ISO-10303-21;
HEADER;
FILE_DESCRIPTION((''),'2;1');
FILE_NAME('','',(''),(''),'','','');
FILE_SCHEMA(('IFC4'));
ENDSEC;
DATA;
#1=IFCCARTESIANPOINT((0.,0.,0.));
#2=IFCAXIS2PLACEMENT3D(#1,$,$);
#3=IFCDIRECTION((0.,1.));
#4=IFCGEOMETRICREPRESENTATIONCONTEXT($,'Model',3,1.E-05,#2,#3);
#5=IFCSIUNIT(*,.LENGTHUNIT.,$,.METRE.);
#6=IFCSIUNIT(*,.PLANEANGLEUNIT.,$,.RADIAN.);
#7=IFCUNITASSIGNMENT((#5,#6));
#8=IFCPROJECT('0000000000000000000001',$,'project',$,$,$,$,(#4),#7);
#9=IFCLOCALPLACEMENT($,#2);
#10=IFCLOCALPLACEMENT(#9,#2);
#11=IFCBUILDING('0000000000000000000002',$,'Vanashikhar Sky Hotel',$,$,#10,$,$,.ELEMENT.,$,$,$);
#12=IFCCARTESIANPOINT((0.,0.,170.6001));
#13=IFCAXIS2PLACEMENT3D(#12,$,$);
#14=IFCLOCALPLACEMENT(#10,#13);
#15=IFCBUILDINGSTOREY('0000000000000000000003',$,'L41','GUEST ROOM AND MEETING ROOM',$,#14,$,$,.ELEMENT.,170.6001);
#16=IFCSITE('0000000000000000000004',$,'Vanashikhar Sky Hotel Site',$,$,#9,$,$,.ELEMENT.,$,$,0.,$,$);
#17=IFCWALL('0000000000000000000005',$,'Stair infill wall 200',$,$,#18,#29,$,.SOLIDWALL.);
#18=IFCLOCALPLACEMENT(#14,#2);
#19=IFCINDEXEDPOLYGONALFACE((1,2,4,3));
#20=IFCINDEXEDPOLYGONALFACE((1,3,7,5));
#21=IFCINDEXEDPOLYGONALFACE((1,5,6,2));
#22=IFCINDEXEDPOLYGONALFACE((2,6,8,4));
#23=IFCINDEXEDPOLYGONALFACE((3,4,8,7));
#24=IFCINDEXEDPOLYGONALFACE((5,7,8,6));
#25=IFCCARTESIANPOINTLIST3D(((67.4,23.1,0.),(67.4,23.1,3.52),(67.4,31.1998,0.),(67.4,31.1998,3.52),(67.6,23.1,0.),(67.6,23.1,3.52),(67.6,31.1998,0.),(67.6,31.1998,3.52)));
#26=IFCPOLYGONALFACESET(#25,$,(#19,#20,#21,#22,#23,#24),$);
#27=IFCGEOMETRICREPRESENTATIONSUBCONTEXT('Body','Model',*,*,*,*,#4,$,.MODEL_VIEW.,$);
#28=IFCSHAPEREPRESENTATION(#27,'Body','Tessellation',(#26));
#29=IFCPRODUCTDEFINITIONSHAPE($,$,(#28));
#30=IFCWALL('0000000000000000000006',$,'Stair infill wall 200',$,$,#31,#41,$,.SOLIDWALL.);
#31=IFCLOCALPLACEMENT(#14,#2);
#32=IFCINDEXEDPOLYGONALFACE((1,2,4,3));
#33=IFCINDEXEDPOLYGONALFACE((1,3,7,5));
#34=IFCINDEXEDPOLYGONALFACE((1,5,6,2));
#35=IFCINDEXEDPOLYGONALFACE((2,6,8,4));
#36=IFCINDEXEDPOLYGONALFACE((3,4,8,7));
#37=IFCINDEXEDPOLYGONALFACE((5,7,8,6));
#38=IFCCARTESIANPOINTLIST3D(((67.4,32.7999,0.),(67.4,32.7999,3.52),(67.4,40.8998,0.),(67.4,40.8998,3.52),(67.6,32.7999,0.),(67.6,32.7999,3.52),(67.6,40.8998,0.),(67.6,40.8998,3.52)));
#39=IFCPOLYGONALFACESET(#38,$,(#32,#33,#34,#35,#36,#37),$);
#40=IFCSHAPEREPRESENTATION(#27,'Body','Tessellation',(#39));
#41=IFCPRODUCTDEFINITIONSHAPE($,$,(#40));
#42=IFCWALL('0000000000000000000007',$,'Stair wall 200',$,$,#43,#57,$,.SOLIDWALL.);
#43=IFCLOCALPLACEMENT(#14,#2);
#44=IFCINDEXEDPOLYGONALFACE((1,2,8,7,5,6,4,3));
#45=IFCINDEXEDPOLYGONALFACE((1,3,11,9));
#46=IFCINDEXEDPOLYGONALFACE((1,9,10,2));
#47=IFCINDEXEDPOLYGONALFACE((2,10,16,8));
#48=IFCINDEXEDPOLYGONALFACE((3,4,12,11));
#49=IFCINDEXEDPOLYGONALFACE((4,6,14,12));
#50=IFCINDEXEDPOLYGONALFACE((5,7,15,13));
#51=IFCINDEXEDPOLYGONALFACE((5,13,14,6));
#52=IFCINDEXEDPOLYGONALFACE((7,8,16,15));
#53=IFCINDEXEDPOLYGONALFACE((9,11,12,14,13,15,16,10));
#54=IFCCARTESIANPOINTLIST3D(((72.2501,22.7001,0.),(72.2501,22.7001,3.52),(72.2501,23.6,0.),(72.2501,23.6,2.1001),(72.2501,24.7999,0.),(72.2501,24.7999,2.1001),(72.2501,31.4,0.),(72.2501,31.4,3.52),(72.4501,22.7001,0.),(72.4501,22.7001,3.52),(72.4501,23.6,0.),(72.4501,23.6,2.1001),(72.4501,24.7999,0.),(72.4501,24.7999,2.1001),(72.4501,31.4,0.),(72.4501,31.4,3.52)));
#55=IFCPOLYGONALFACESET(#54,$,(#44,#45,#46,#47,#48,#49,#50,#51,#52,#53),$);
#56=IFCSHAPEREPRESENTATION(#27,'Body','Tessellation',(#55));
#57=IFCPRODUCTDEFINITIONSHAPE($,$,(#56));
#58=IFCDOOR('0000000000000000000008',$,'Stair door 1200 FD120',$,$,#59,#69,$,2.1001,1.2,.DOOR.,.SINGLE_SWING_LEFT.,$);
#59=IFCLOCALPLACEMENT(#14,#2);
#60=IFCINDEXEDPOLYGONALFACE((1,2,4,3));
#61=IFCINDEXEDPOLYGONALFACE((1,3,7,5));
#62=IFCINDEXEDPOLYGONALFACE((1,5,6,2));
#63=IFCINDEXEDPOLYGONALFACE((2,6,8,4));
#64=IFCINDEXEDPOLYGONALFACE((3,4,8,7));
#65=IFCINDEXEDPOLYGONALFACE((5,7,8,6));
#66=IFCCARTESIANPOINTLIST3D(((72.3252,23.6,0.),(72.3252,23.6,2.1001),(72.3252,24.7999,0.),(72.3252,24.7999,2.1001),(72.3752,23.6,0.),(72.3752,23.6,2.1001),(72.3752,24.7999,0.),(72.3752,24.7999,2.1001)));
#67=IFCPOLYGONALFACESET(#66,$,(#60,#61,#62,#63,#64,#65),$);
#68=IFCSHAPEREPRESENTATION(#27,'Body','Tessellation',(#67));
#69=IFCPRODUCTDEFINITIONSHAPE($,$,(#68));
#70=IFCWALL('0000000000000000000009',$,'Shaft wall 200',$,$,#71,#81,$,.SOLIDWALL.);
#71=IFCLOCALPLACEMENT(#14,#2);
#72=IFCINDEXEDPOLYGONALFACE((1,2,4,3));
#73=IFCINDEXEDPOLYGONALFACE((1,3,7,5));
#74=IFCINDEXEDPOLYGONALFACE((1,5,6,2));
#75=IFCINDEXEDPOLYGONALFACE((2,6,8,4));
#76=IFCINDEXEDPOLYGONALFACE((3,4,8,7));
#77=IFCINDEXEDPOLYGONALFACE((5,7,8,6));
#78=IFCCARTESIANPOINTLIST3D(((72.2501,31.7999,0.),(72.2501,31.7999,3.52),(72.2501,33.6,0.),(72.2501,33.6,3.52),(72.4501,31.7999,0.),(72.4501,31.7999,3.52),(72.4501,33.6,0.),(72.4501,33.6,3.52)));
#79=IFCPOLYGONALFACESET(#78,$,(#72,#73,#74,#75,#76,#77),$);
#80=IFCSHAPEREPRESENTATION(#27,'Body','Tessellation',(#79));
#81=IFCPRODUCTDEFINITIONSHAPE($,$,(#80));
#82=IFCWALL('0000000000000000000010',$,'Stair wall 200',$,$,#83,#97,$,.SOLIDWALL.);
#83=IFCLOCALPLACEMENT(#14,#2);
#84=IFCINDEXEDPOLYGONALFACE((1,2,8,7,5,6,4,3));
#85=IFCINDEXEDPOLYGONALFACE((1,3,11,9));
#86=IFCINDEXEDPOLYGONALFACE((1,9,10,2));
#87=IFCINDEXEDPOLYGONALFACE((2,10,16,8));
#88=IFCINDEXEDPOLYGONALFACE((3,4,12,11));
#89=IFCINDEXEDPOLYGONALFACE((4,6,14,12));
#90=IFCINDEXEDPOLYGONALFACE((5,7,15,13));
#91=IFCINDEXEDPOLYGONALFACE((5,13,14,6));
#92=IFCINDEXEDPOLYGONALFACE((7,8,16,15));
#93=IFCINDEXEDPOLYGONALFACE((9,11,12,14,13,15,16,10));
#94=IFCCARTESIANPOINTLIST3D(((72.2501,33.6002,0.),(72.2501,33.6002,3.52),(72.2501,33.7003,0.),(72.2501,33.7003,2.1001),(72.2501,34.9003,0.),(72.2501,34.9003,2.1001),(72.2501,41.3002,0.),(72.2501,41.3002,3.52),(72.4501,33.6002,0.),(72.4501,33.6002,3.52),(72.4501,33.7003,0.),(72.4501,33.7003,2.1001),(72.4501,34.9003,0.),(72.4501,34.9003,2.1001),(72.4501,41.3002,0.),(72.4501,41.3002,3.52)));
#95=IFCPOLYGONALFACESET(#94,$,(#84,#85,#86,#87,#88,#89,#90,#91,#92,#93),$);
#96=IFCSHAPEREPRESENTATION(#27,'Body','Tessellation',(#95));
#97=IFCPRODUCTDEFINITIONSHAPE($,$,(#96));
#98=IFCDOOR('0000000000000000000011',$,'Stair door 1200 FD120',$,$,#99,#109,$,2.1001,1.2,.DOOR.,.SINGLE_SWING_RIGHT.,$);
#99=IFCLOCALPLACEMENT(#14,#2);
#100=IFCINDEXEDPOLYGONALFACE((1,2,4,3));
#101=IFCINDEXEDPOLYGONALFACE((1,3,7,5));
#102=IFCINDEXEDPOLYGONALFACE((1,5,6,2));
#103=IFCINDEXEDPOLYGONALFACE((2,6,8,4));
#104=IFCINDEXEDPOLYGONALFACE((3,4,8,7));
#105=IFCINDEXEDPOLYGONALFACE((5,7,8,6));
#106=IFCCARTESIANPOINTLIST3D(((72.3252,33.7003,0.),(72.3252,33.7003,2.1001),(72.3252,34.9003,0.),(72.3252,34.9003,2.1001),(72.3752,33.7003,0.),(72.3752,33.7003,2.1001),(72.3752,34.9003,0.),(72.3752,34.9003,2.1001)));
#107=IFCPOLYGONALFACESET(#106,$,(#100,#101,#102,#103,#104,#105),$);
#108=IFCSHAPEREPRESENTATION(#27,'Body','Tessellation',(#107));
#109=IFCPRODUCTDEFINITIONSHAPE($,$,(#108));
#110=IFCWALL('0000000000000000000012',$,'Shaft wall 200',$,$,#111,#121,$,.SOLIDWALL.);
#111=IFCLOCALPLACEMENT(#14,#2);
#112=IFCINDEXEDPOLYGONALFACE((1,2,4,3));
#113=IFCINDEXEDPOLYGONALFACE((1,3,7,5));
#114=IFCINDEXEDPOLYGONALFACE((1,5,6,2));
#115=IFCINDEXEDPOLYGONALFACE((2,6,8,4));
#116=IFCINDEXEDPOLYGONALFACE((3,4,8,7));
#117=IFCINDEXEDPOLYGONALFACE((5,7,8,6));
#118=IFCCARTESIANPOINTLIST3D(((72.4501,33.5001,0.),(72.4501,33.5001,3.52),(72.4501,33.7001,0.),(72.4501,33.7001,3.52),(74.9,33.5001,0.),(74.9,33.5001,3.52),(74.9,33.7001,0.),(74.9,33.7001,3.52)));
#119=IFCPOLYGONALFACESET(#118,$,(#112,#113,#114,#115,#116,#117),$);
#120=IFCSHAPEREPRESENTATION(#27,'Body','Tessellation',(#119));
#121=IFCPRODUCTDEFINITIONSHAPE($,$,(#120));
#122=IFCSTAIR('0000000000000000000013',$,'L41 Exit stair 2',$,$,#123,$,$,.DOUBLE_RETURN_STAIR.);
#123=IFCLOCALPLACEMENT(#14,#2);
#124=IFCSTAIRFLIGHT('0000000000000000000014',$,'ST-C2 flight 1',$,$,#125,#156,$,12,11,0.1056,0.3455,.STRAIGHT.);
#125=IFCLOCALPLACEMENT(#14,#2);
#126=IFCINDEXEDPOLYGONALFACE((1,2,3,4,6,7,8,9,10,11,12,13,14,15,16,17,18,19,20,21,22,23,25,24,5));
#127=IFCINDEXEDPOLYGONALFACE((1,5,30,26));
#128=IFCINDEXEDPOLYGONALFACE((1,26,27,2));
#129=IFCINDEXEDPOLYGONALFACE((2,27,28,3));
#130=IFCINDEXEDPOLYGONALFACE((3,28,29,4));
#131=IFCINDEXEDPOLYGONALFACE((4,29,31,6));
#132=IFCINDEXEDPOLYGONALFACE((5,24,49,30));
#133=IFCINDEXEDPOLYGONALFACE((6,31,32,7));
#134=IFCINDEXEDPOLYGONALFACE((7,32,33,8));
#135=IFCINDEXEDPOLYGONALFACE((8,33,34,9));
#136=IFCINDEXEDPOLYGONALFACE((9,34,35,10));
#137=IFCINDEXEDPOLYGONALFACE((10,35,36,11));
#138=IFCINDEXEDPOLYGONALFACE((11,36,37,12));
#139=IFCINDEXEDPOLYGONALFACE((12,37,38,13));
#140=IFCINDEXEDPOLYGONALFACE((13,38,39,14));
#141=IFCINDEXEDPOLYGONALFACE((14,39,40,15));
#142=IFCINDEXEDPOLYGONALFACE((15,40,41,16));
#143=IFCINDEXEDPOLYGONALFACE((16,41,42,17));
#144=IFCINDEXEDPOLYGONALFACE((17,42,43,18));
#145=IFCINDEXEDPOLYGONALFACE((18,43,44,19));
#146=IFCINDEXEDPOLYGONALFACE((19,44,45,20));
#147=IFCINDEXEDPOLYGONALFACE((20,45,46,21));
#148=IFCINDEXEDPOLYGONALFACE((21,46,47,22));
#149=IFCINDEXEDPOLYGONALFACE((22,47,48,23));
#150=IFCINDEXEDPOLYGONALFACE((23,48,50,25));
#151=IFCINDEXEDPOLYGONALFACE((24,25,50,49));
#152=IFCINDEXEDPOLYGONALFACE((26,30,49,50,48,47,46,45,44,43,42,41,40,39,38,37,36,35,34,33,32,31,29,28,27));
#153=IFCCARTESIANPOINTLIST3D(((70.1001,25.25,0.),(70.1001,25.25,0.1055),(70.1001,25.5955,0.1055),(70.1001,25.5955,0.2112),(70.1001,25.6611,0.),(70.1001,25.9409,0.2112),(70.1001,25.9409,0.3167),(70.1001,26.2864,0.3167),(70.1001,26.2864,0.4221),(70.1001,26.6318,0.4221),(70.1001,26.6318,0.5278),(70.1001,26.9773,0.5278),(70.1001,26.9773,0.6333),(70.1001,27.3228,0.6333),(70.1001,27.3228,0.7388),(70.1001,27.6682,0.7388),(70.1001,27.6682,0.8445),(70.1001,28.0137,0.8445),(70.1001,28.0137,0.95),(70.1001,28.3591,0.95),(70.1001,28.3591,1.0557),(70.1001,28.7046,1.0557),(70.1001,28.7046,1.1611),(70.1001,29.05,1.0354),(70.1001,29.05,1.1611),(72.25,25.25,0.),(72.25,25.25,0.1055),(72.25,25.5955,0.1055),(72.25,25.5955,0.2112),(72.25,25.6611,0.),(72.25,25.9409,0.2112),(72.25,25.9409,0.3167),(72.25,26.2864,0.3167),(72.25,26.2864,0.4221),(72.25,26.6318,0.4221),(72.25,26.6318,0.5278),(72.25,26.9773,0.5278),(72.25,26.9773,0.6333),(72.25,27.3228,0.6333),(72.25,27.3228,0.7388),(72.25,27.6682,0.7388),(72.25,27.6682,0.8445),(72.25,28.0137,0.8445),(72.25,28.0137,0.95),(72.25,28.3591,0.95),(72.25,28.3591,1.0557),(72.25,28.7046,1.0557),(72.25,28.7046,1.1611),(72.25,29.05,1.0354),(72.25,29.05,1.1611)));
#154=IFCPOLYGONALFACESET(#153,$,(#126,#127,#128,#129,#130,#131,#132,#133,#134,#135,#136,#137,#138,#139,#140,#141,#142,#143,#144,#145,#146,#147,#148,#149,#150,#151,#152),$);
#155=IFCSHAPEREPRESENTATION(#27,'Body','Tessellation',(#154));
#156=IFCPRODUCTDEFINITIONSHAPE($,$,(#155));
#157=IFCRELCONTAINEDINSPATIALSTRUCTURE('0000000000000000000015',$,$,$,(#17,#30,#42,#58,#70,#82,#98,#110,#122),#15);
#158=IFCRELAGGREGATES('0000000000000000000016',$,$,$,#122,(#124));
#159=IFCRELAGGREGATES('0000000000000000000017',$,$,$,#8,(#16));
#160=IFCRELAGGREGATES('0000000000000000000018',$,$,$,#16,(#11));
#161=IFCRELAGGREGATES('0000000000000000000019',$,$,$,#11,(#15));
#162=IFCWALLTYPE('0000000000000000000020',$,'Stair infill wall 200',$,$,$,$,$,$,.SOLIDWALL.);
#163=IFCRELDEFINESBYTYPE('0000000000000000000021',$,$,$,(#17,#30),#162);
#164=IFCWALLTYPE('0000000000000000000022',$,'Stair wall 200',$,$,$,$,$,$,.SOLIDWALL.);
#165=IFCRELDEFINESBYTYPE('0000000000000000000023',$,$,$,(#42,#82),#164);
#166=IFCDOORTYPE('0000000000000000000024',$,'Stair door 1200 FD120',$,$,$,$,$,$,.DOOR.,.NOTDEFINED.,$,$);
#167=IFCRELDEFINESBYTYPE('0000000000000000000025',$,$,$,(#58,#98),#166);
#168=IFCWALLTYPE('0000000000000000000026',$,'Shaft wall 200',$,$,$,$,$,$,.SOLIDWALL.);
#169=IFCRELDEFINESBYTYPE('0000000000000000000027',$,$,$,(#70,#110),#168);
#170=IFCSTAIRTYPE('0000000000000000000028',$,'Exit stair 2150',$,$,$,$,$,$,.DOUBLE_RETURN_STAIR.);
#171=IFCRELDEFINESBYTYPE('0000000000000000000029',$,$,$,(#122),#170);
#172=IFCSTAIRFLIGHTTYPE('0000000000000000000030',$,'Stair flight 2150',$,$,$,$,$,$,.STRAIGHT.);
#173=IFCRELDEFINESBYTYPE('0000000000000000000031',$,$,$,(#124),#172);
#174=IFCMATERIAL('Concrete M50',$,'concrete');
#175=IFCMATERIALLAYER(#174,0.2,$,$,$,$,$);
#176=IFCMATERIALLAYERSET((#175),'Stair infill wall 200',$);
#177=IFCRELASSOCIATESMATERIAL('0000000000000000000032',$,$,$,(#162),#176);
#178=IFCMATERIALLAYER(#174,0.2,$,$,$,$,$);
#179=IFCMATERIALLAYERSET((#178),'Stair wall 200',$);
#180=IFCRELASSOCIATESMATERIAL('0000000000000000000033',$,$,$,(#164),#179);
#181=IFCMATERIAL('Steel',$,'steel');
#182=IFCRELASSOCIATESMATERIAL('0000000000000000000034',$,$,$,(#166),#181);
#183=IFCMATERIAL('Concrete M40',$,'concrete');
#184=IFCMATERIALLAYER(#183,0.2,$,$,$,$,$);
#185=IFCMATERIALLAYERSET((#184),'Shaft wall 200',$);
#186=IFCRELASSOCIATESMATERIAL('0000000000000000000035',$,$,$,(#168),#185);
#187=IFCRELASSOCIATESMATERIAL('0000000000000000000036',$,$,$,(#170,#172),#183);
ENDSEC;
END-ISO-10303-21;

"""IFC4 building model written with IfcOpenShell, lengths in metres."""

from ifc_helpers import new_model, si_unit, direction, frame, frame_2d, origin, place, context, subcontext, project, spatial, polyline, rectangle, outline, extrude, source, transform, mapped, material, layer, layer_set, type_object, element, fill, aggregate, save


model = new_model("IFC4")

# Units and contexts
model_context = context("Model", 3, precision=1e-05, world=origin(), true_north=direction((0.0, 1.0)))
body_context = subcontext(model_context, "Body", "Model", "MODEL_VIEW")
ifc_project = project(units=[si_unit("LENGTHUNIT", "METRE"), si_unit("PLANEANGLEUNIT", "RADIAN")], contexts=[model_context])

# Site, building, storey
site_placement = place(None, origin())
site = spatial("IfcSite", under=ifc_project, at=site_placement, Name="Vanashikhar Sky Hotel Site", CompositionType="ELEMENT", RefElevation=0.0)
building_placement = place(site_placement, origin())
building = spatial("IfcBuilding", under=site, at=building_placement, Name="Vanashikhar Sky Hotel", CompositionType="ELEMENT")
storey_placement = place(building_placement, frame((0.0, 0.0, 170.6001)))
storey = spatial("IfcBuildingStorey", under=building, at=storey_placement, Name="L41", Description="GUEST ROOM AND MEETING ROOM", CompositionType="ELEMENT", Elevation=170.6001)

# Walls
ifc_material_1 = material(Name="Concrete M50", Category="concrete")
ifc_layer_1 = layer(ifc_material_1, 0.2)
ifc_layer_set_1 = layer_set([ifc_layer_1], Name="Stair infill wall 200")
wall_type_1 = type_object("IfcWallType", Name="Stair infill wall 200", PredefinedType="SOLIDWALL", material=ifc_layer_set_1)
shared_shape_1 = source(origin(), body_context, "Body", "SweptSolid", [
    extrude(rectangle(XDim=8.0999, YDim=0.2, at=frame_2d((4.0498, 0.0))), origin(), (0.0, 0.0, 1.0), 3.52),
])
for number, where, z_axis, x_axis, name in (
    (1, (67.5, 23.1001, 0.0), (0.0, 0.0, 1.0), (0.0, 1.0, 0.0), "Stair infill wall 200"),
    (2, (67.5, 32.8, 0.0), (0.0, 0.0, 1.0), (0.0, 1.0, 0.0), "Stair infill wall 200"),
):
    element("IfcWall", number, at=place(storey_placement, frame(where, z_axis=z_axis, x_axis=x_axis)), inside=storey, type_object=wall_type_1, Name=name, PredefinedType="SOLIDWALL", context=body_context, shape_type="MappedRepresentation", body=[
        mapped(shared_shape_1, transform((0.0, 0.0, 0.0), scale=1.0)),
    ])

# Wall, opening, door
ifc_layer_2 = layer(ifc_material_1, 0.2)
ifc_layer_set_2 = layer_set([ifc_layer_2], Name="Stair wall 200")
wall_type_2 = type_object("IfcWallType", Name="Stair wall 200", PredefinedType="SOLIDWALL", material=ifc_layer_set_2)
shared_shape_2 = source(origin(), body_context, "Body", "SweptSolid", [
    extrude(rectangle(XDim=8.7, YDim=0.2, at=frame_2d((4.3501, 0.0))), origin(), (0.0, 0.0, 1.0), 3.52),
])
wall_1_placement = place(storey_placement, frame((72.3501, 22.7, 0.0), z_axis=(0.0, 0.0, 1.0), x_axis=(0.0, 1.0, 0.0)))
wall_1 = element("IfcWall", 3, at=wall_1_placement, inside=storey, type_object=wall_type_2, Name="Stair wall 200", PredefinedType="SOLIDWALL", context=body_context, shape_type="MappedRepresentation", body=[
    mapped(shared_shape_2, transform((0.0, 0.0, 0.0), scale=1.0)),
])
shared_shape_3 = source(origin(), body_context, "Body", "SweptSolid", [
    extrude(rectangle(XDim=1.2, YDim=2.1001, at=frame_2d((0.6001, 1.05))), frame((0.0, 0.1099, 0.0), z_axis=(0.0, -1.0, 0.0), x_axis=(1.0, 0.0, 0.0)), (0.0, 0.0, 1.0), 0.22),
])
opening_1_placement = place(wall_1_placement, frame((0.8999, 0.0, 0.0)))
opening_1 = element("IfcOpeningElement", 4, at=opening_1_placement, cuts=wall_1, PredefinedType="OPENING", context=body_context, shape_type="MappedRepresentation", body=[
    mapped(shared_shape_3, transform((0.0, 0.0, 0.0), scale=1.0)),
])
ifc_material_2 = material(Name="Steel", Category="steel")
door_type = type_object("IfcDoorType", Name="Stair door 1200 FD120", OperationType="NOTDEFINED", PredefinedType="DOOR", material=ifc_material_2)
shared_shape_4 = source(origin(), body_context, "Body", "SweptSolid", [
    extrude(rectangle(XDim=1.2, YDim=2.1001, at=frame_2d((0.6001, 1.05))), frame((0.0, 0.0249, 0.0), z_axis=(0.0, -1.0, 0.0), x_axis=(1.0, 0.0, 0.0)), (0.0, 0.0, 1.0), 0.05),
])
door_1_placement = place(opening_1_placement, origin())
door_1 = element("IfcDoor", 5, at=door_1_placement, inside=storey, type_object=door_type, Name="Stair door 1200 FD120", OperationType="SINGLE_SWING_LEFT", OverallHeight=2.1001, OverallWidth=1.2, PredefinedType="DOOR", context=body_context, shape_type="MappedRepresentation", body=[
    mapped(shared_shape_4, transform((0.0, 0.0, 0.0), scale=1.0)),
])
fill(opening_1, door_1)

# Wall
ifc_material_3 = material(Name="Concrete M40", Category="concrete")
ifc_layer_3 = layer(ifc_material_3, 0.2)
ifc_layer_set_3 = layer_set([ifc_layer_3], Name="Shaft wall 200")
wall_type_3 = type_object("IfcWallType", Name="Shaft wall 200", PredefinedType="SOLIDWALL", material=ifc_layer_set_3)
shared_shape_5 = source(origin(), body_context, "Body", "SweptSolid", [
    extrude(rectangle(XDim=1.8, YDim=0.2, at=frame_2d((0.8999, 0.0))), origin(), (0.0, 0.0, 1.0), 3.52),
])
wall_2_placement = place(storey_placement, frame((72.3501, 31.8, 0.0), z_axis=(0.0, 0.0, 1.0), x_axis=(0.0, 1.0, 0.0)))
element("IfcWall", 6, at=wall_2_placement, inside=storey, type_object=wall_type_3, Name="Shaft wall 200", PredefinedType="SOLIDWALL", context=body_context, shape_type="MappedRepresentation", body=[
    mapped(shared_shape_5, transform((0.0, 0.0, 0.0), scale=1.0)),
])

# Wall, opening, door
shared_shape_6 = source(origin(), body_context, "Body", "SweptSolid", [
    extrude(rectangle(XDim=7.7, YDim=0.2, at=frame_2d((3.8501, 0.0))), origin(), (0.0, 0.0, 1.0), 3.52),
])
wall_3_placement = place(storey_placement, frame((72.3501, 33.6001, 0.0), z_axis=(0.0, 0.0, 1.0), x_axis=(0.0, 1.0, 0.0)))
wall_3 = element("IfcWall", 7, at=wall_3_placement, inside=storey, type_object=wall_type_2, Name="Stair wall 200", PredefinedType="SOLIDWALL", context=body_context, shape_type="MappedRepresentation", body=[
    mapped(shared_shape_6, transform((0.0, 0.0, 0.0), scale=1.0)),
])
opening_2_placement = place(wall_3_placement, frame((0.1001, 0.0, 0.0)))
opening_2 = element("IfcOpeningElement", 8, at=opening_2_placement, cuts=wall_3, PredefinedType="OPENING", context=body_context, shape_type="MappedRepresentation", body=[
    mapped(shared_shape_3, transform((0.0, 0.0, 0.0), scale=1.0)),
])
door_2_placement = place(opening_2_placement, origin())
door_2 = element("IfcDoor", 9, at=door_2_placement, inside=storey, type_object=door_type, Name="Stair door 1200 FD120", OperationType="SINGLE_SWING_RIGHT", OverallHeight=2.1001, OverallWidth=1.2, PredefinedType="DOOR", context=body_context, shape_type="MappedRepresentation", body=[
    mapped(shared_shape_4, transform((0.0, 0.0, 0.0), scale=1.0)),
])
fill(opening_2, door_2)

# Wall
shared_shape_7 = source(origin(), body_context, "Body", "SweptSolid", [
    extrude(rectangle(XDim=2.45, YDim=0.2, at=frame_2d((1.2251, 0.0))), origin(), (0.0, 0.0, 1.0), 3.52),
])
wall_4_placement = place(storey_placement, frame((72.45, 33.6001, 0.0), z_axis=(0.0, 0.0, 1.0), x_axis=(1.0, 0.0, 0.0)))
element("IfcWall", 10, at=wall_4_placement, inside=storey, type_object=wall_type_3, Name="Shaft wall 200", PredefinedType="SOLIDWALL", context=body_context, shape_type="MappedRepresentation", body=[
    mapped(shared_shape_7, transform((0.0, 0.0, 0.0), scale=1.0)),
])

# Stair, stair flight
stair_type = type_object("IfcStairType", Name="Exit stair 2150", PredefinedType="DOUBLE_RETURN_STAIR", material=ifc_material_3)
stair_1_placement = place(storey_placement, origin())
stair_1 = element("IfcStair", 11, at=stair_1_placement, inside=storey, type_object=stair_type, Name="L41 Exit stair 2", PredefinedType="DOUBLE_RETURN_STAIR")
stair_flight_type = type_object("IfcStairFlightType", Name="Stair flight 2150", PredefinedType="STRAIGHT", material=ifc_material_3)
shared_shape_8 = source(origin(), body_context, "Body", "SweptSolid", [
    extrude(outline(polyline([(0.0, 0.0), (0.0, 0.1055), (0.3455, 0.1055), (0.3455, 0.2112), (0.6909, 0.2112), (0.6909, 0.3167), (1.0364, 0.3167), (1.0364, 0.4221), (1.3818, 0.4221), (1.3818, 0.5278), (1.7273, 0.5278), (1.7273, 0.6333), (2.0728, 0.6333), (2.0728, 0.7388), (2.4182, 0.7388), (2.4182, 0.8445), (2.7637, 0.8445), (2.7637, 0.95), (3.1091, 0.95), (3.1091, 1.0557), (3.4546, 1.0557), (3.4546, 1.1611), (3.8, 1.1611), (3.8, 1.2666), (3.8, 1.0354), (0.4111, 0.0), (0.0, 0.0)])), frame((0.0, 1.075, 0.0), z_axis=(0.0, -1.0, 0.0), x_axis=(1.0, 0.0, 0.0)), (0.0, 0.0, 1.0), 2.1499),
])
stair_flight_1_placement = place(storey_placement, frame((71.175, 25.25, 0.0), z_axis=(0.0, 0.0, 1.0), x_axis=(0.0, 1.0, 0.0)))
stair_flight_1 = element("IfcStairFlight", 12, at=stair_flight_1_placement, type_object=stair_flight_type, Name="ST-C2 flight 1", NumberOfRisers=12, NumberOfTreads=11, PredefinedType="STRAIGHT", RiserHeight=0.1056, TreadLength=0.3455, context=body_context, shape_type="MappedRepresentation", body=[
    mapped(shared_shape_8, transform((0.0, 0.0, 0.0), scale=1.0)),
])
aggregate(stair_1, [stair_flight_1])

save(model, "model.ifc")
